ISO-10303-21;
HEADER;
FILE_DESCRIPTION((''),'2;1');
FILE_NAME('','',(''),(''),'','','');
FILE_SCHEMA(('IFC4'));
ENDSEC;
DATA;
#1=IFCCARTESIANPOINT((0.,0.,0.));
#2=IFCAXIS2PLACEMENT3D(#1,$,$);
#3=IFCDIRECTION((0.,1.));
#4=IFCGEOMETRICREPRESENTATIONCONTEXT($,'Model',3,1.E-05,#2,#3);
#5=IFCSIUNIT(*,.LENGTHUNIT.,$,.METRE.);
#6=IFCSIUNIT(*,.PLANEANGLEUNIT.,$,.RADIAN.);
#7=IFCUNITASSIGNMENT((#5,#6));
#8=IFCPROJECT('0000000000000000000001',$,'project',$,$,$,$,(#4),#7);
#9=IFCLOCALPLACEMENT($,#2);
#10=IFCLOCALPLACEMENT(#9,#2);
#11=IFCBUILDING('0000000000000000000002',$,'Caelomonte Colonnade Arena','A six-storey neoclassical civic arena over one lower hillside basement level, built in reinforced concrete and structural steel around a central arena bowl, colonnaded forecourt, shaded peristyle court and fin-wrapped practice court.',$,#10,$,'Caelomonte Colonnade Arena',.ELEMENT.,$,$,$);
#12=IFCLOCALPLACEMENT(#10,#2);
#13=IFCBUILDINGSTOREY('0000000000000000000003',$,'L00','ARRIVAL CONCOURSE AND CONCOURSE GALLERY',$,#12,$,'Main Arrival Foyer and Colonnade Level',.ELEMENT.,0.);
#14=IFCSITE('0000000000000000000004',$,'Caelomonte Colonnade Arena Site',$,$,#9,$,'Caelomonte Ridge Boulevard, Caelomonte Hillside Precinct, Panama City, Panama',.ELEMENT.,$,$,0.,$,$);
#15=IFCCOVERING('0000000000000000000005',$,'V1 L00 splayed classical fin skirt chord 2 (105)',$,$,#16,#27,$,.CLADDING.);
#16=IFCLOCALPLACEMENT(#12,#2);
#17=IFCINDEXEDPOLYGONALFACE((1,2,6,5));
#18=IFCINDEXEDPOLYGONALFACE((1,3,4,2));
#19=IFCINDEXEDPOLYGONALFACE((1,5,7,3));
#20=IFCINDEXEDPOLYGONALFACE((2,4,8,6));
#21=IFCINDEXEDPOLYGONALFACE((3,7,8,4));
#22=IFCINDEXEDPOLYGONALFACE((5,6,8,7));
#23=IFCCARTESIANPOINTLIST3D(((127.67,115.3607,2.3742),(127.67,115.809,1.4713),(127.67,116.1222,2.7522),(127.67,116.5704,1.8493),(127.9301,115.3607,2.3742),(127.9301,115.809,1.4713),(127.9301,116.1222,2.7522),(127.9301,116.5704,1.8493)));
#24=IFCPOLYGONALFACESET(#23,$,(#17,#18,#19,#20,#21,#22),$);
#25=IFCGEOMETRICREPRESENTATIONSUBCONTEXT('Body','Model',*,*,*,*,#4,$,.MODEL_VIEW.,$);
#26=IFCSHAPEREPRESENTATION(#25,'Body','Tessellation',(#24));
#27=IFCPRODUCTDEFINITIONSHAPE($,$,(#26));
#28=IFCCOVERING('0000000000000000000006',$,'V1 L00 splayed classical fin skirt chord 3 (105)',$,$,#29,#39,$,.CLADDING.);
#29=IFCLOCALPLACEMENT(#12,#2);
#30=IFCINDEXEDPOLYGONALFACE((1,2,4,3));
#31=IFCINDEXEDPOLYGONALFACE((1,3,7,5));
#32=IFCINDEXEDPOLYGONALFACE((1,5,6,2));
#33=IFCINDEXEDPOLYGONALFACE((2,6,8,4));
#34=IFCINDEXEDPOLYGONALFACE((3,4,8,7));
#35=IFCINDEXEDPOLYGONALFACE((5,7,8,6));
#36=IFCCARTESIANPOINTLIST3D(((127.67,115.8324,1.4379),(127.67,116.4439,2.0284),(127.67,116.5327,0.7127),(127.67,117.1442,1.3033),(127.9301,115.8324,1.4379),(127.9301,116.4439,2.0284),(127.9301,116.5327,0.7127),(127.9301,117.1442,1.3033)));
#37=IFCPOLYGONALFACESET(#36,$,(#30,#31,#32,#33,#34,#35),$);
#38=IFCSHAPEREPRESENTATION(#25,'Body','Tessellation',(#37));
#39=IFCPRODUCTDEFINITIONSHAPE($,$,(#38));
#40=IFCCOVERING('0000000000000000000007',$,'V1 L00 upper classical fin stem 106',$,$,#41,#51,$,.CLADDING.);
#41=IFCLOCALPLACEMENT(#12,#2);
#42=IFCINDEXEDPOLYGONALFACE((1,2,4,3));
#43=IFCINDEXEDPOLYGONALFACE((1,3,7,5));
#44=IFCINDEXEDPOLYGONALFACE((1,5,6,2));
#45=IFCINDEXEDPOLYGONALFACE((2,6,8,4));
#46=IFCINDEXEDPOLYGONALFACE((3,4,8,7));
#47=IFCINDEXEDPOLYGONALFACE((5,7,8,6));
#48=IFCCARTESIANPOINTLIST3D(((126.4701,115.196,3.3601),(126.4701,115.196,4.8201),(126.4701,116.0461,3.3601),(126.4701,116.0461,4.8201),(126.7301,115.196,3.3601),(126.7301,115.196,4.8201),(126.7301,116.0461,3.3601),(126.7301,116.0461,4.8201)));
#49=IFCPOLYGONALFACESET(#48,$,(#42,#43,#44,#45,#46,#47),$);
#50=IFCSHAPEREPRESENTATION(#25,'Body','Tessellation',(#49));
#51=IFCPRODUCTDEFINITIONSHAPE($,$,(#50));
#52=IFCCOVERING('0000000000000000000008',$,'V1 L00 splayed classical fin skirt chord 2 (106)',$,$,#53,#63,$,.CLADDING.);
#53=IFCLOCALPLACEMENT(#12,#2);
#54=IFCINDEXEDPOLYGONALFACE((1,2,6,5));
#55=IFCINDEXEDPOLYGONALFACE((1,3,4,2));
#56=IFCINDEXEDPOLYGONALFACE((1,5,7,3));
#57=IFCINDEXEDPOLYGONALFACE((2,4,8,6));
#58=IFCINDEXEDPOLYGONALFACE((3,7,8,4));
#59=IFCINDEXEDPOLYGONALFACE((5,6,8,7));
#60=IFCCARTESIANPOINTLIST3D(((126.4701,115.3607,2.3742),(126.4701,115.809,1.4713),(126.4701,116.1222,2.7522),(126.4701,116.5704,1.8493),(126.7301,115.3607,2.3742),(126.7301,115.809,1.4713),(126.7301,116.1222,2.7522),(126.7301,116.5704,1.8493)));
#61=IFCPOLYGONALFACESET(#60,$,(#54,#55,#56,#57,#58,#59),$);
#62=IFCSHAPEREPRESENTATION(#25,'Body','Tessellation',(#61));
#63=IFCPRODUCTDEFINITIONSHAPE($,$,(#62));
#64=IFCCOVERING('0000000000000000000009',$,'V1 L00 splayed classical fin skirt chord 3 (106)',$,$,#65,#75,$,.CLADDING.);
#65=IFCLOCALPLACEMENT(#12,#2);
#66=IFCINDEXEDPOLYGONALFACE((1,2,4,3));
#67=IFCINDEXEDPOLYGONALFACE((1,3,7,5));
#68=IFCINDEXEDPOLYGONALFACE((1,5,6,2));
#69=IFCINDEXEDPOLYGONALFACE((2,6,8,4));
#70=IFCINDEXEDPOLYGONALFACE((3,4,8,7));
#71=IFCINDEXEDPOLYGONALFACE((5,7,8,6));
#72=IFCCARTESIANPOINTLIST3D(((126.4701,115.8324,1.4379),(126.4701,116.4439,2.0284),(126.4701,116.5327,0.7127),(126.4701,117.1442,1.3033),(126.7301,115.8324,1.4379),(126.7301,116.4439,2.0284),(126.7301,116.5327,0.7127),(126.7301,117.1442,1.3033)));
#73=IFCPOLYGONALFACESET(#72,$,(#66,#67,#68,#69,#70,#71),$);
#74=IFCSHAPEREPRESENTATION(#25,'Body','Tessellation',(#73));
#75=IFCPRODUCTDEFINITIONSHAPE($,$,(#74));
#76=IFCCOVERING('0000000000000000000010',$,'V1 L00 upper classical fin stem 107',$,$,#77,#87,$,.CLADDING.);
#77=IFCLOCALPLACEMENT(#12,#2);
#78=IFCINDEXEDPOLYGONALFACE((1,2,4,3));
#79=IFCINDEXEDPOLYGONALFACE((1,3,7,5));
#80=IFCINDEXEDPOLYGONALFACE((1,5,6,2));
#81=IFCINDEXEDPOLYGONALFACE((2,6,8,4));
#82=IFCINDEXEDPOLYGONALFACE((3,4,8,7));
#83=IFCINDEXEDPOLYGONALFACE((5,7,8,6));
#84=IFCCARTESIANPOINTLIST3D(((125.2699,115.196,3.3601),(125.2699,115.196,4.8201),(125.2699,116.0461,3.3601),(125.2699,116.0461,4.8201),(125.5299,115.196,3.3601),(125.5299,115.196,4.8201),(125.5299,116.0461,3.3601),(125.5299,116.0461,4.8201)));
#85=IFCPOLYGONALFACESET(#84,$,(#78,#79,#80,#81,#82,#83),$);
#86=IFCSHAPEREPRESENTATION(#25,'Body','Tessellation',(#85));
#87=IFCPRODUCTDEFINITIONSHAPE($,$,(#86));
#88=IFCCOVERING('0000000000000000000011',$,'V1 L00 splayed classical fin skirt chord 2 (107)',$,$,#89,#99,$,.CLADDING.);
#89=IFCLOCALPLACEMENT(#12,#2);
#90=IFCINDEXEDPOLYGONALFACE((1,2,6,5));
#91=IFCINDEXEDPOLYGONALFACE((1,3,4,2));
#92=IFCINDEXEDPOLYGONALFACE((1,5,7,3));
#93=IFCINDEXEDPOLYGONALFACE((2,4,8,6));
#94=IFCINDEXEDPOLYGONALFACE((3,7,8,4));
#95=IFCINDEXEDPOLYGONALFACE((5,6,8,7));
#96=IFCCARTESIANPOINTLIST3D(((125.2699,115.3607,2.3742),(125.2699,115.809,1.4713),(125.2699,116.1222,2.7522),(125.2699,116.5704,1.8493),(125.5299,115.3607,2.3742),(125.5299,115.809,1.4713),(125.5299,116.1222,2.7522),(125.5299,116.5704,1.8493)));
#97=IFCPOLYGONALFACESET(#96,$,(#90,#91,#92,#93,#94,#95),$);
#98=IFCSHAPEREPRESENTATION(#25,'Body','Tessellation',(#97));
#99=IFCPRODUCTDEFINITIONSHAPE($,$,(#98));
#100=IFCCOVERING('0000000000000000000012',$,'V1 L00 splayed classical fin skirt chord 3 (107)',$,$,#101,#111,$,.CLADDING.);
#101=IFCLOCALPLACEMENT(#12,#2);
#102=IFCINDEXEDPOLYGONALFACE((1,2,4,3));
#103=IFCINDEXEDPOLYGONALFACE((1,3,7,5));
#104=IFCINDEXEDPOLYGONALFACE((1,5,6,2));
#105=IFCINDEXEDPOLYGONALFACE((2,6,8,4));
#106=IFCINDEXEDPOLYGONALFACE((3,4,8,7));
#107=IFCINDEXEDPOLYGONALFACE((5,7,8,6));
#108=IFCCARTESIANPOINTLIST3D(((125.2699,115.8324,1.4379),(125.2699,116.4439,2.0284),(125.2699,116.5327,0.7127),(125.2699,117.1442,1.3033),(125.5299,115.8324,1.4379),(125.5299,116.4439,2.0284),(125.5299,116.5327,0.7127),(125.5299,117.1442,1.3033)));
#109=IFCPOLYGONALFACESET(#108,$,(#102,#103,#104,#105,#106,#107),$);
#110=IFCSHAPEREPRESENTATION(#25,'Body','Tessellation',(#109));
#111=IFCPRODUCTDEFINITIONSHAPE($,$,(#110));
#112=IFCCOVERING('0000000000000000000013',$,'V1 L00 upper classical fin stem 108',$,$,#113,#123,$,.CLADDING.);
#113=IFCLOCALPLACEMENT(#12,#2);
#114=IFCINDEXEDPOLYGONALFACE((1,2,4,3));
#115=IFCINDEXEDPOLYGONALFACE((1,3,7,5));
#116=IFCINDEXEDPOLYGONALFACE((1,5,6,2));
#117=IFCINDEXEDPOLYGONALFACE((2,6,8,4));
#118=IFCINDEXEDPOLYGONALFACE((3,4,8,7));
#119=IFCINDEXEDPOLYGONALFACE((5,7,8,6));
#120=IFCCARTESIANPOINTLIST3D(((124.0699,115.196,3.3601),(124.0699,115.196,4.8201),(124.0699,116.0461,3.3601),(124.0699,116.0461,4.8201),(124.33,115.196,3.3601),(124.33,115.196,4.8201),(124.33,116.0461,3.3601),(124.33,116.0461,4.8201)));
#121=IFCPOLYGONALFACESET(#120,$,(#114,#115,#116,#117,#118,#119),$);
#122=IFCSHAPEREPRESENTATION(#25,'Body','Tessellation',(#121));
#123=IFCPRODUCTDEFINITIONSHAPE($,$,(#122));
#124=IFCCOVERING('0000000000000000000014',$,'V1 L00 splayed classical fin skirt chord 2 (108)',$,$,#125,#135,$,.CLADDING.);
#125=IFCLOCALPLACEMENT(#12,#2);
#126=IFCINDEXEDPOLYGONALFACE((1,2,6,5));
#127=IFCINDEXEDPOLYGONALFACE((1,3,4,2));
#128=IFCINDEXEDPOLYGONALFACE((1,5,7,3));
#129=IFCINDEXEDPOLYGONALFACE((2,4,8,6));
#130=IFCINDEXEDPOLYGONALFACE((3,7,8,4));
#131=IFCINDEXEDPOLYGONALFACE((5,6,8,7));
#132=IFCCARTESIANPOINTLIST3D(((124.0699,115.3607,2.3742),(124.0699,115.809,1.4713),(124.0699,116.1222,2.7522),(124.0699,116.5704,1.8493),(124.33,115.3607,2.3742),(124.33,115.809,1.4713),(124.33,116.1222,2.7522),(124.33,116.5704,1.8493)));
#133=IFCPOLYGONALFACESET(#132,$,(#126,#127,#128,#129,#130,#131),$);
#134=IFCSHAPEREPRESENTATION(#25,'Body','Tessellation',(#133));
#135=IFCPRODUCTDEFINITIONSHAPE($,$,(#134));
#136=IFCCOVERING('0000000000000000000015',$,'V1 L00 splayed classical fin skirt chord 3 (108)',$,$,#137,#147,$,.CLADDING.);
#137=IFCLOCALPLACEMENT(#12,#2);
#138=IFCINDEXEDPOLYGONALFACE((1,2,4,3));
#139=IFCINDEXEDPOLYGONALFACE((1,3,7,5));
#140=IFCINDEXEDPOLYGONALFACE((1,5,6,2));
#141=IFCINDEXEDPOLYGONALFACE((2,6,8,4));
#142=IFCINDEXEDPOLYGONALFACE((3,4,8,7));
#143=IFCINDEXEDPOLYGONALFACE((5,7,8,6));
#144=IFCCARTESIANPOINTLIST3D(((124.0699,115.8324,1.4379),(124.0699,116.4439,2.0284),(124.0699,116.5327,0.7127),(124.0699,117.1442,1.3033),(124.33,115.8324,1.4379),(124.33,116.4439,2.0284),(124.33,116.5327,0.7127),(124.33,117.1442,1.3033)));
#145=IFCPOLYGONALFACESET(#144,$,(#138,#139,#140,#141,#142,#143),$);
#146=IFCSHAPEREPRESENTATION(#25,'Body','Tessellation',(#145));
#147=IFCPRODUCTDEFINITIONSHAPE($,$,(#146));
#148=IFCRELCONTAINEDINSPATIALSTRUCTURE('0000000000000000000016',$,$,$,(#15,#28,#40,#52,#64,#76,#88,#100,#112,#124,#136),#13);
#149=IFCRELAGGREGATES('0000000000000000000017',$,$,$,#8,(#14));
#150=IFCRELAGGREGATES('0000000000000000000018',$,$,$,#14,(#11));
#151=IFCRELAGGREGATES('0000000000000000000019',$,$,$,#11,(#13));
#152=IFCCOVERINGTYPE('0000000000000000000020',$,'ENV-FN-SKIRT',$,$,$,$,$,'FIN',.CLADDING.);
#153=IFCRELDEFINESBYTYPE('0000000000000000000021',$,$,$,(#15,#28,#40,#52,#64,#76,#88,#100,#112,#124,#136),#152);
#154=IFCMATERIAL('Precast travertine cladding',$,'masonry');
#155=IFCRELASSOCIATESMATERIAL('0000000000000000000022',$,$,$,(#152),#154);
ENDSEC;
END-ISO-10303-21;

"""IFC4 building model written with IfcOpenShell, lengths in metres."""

from ifc_helpers import new_model, si_unit, direction, frame, origin, origin_2d, place, context, subcontext, project, spatial, rectangle, extrude, material, material_profile, profile_set, type_object, element, save


model = new_model("IFC4")

# Units and contexts
model_context = context("Model", 3, precision=1e-05, world=origin(), true_north=direction((0.0, 1.0)))
body_context = subcontext(model_context, "Body", "Model", "MODEL_VIEW")
ifc_project = project(units=[si_unit("LENGTHUNIT", "METRE"), si_unit("PLANEANGLEUNIT", "RADIAN")], contexts=[model_context])

# Site, building, storey
site_placement = place(None, origin())
site = spatial("IfcSite", under=ifc_project, at=site_placement, Name="Caelomonte Colonnade Arena Site", LongName="Caelomonte Ridge Boulevard, Caelomonte Hillside Precinct, Panama City, Panama", CompositionType="ELEMENT", RefElevation=0.0)
building_placement = place(site_placement, origin())
building = spatial("IfcBuilding", under=site, at=building_placement, Name="Caelomonte Colonnade Arena", Description="A six-storey neoclassical civic arena over one lower hillside basement level, built in reinforced concrete and structural steel around a central arena bowl, colonnaded forecourt, shaded peristyle court and fin-wrapped practice court.", LongName="Caelomonte Colonnade Arena", CompositionType="ELEMENT")
storey_placement = place(building_placement, origin())
storey = spatial("IfcBuildingStorey", under=building, at=storey_placement, Name="L00", Description="ARRIVAL CONCOURSE AND CONCOURSE GALLERY", LongName="Main Arrival Foyer and Colonnade Level", CompositionType="ELEMENT", Elevation=0.0)

# Coverings
ifc_material = material(Name="Precast travertine cladding", Category="masonry")
ifc_material_profile = material_profile(ifc_material, rectangle(XDim=0.26, YDim=0.8501, at=origin_2d()), Name="FIN260X850")
ifc_profile_set = profile_set([ifc_material_profile], Name="Precast travertine cladding")
covering_type = type_object("IfcCoveringType", Name="ENV-FN-SKIRT", ElementType="FIN", PredefinedType="CLADDING", material=ifc_profile_set)
for number, where, z_axis, x_axis, name in (
    (1, (127.8, 115.7415, 2.5632), (0.0, 0.444693, -0.895683), (-1.0, 0.0, 0.0), "V1 L00 splayed classical fin skirt chord 2 (105)"),
    (2, (127.8, 116.1382, 1.7332), (0.0, 0.694646, -0.719351), (-1.0, 0.0, 0.0), "V1 L00 splayed classical fin skirt chord 3 (105)"),
):
    element("IfcCovering", number, at=place(storey_placement, frame(where, z_axis=z_axis, x_axis=x_axis)), inside=storey, type_object=covering_type, Name=name, PredefinedType="CLADDING", context=body_context, shape_type="SweptSolid", body=[
        extrude(rectangle(XDim=0.26, YDim=0.8501, at=origin_2d()), origin(), (0.0, 0.0, 1.0), 1.0081),
    ])
covering_1_placement = place(storey_placement, frame((126.6001, 115.6211, 3.3601), z_axis=(0.0, 0.0, 1.0), x_axis=(1.0, 0.0, 0.0)))
element("IfcCovering", 3, at=covering_1_placement, inside=storey, type_object=covering_type, Name="V1 L00 upper classical fin stem 106", PredefinedType="CLADDING", context=body_context, shape_type="SweptSolid", body=[
    extrude(rectangle(XDim=0.26, YDim=0.8501, at=origin_2d()), origin(), (0.0, 0.0, 1.0), 1.46),
])
for number, where, z_axis, x_axis, name in (
    (4, (126.6001, 115.7415, 2.5632), (0.0, 0.444693, -0.895683), (-1.0, 0.0, 0.0), "V1 L00 splayed classical fin skirt chord 2 (106)"),
    (5, (126.6001, 116.1382, 1.7332), (0.0, 0.694646, -0.719351), (-1.0, 0.0, 0.0), "V1 L00 splayed classical fin skirt chord 3 (106)"),
):
    element("IfcCovering", number, at=place(storey_placement, frame(where, z_axis=z_axis, x_axis=x_axis)), inside=storey, type_object=covering_type, Name=name, PredefinedType="CLADDING", context=body_context, shape_type="SweptSolid", body=[
        extrude(rectangle(XDim=0.26, YDim=0.8501, at=origin_2d()), origin(), (0.0, 0.0, 1.0), 1.0081),
    ])
covering_2_placement = place(storey_placement, frame((125.3999, 115.6211, 3.3601), z_axis=(0.0, 0.0, 1.0), x_axis=(1.0, 0.0, 0.0)))
element("IfcCovering", 6, at=covering_2_placement, inside=storey, type_object=covering_type, Name="V1 L00 upper classical fin stem 107", PredefinedType="CLADDING", context=body_context, shape_type="SweptSolid", body=[
    extrude(rectangle(XDim=0.26, YDim=0.8501, at=origin_2d()), origin(), (0.0, 0.0, 1.0), 1.46),
])
for number, where, z_axis, x_axis, name in (
    (7, (125.3999, 115.7415, 2.5632), (0.0, 0.444693, -0.895683), (-1.0, 0.0, 0.0), "V1 L00 splayed classical fin skirt chord 2 (107)"),
    (8, (125.3999, 116.1382, 1.7332), (0.0, 0.694646, -0.719351), (-1.0, 0.0, 0.0), "V1 L00 splayed classical fin skirt chord 3 (107)"),
):
    element("IfcCovering", number, at=place(storey_placement, frame(where, z_axis=z_axis, x_axis=x_axis)), inside=storey, type_object=covering_type, Name=name, PredefinedType="CLADDING", context=body_context, shape_type="SweptSolid", body=[
        extrude(rectangle(XDim=0.26, YDim=0.8501, at=origin_2d()), origin(), (0.0, 0.0, 1.0), 1.0081),
    ])
covering_3_placement = place(storey_placement, frame((124.2, 115.6211, 3.3601), z_axis=(0.0, 0.0, 1.0), x_axis=(1.0, 0.0, 0.0)))
element("IfcCovering", 9, at=covering_3_placement, inside=storey, type_object=covering_type, Name="V1 L00 upper classical fin stem 108", PredefinedType="CLADDING", context=body_context, shape_type="SweptSolid", body=[
    extrude(rectangle(XDim=0.26, YDim=0.8501, at=origin_2d()), origin(), (0.0, 0.0, 1.0), 1.46),
])
for number, where, z_axis, x_axis, name in (
    (10, (124.2, 115.7415, 2.5632), (0.0, 0.444693, -0.895683), (-1.0, 0.0, 0.0), "V1 L00 splayed classical fin skirt chord 2 (108)"),
    (11, (124.2, 116.1382, 1.7332), (0.0, 0.694646, -0.719351), (-1.0, 0.0, 0.0), "V1 L00 splayed classical fin skirt chord 3 (108)"),
):
    element("IfcCovering", number, at=place(storey_placement, frame(where, z_axis=z_axis, x_axis=x_axis)), inside=storey, type_object=covering_type, Name=name, PredefinedType="CLADDING", context=body_context, shape_type="SweptSolid", body=[
        extrude(rectangle(XDim=0.26, YDim=0.8501, at=origin_2d()), origin(), (0.0, 0.0, 1.0), 1.0081),
    ])

save(model, "model.ifc")
